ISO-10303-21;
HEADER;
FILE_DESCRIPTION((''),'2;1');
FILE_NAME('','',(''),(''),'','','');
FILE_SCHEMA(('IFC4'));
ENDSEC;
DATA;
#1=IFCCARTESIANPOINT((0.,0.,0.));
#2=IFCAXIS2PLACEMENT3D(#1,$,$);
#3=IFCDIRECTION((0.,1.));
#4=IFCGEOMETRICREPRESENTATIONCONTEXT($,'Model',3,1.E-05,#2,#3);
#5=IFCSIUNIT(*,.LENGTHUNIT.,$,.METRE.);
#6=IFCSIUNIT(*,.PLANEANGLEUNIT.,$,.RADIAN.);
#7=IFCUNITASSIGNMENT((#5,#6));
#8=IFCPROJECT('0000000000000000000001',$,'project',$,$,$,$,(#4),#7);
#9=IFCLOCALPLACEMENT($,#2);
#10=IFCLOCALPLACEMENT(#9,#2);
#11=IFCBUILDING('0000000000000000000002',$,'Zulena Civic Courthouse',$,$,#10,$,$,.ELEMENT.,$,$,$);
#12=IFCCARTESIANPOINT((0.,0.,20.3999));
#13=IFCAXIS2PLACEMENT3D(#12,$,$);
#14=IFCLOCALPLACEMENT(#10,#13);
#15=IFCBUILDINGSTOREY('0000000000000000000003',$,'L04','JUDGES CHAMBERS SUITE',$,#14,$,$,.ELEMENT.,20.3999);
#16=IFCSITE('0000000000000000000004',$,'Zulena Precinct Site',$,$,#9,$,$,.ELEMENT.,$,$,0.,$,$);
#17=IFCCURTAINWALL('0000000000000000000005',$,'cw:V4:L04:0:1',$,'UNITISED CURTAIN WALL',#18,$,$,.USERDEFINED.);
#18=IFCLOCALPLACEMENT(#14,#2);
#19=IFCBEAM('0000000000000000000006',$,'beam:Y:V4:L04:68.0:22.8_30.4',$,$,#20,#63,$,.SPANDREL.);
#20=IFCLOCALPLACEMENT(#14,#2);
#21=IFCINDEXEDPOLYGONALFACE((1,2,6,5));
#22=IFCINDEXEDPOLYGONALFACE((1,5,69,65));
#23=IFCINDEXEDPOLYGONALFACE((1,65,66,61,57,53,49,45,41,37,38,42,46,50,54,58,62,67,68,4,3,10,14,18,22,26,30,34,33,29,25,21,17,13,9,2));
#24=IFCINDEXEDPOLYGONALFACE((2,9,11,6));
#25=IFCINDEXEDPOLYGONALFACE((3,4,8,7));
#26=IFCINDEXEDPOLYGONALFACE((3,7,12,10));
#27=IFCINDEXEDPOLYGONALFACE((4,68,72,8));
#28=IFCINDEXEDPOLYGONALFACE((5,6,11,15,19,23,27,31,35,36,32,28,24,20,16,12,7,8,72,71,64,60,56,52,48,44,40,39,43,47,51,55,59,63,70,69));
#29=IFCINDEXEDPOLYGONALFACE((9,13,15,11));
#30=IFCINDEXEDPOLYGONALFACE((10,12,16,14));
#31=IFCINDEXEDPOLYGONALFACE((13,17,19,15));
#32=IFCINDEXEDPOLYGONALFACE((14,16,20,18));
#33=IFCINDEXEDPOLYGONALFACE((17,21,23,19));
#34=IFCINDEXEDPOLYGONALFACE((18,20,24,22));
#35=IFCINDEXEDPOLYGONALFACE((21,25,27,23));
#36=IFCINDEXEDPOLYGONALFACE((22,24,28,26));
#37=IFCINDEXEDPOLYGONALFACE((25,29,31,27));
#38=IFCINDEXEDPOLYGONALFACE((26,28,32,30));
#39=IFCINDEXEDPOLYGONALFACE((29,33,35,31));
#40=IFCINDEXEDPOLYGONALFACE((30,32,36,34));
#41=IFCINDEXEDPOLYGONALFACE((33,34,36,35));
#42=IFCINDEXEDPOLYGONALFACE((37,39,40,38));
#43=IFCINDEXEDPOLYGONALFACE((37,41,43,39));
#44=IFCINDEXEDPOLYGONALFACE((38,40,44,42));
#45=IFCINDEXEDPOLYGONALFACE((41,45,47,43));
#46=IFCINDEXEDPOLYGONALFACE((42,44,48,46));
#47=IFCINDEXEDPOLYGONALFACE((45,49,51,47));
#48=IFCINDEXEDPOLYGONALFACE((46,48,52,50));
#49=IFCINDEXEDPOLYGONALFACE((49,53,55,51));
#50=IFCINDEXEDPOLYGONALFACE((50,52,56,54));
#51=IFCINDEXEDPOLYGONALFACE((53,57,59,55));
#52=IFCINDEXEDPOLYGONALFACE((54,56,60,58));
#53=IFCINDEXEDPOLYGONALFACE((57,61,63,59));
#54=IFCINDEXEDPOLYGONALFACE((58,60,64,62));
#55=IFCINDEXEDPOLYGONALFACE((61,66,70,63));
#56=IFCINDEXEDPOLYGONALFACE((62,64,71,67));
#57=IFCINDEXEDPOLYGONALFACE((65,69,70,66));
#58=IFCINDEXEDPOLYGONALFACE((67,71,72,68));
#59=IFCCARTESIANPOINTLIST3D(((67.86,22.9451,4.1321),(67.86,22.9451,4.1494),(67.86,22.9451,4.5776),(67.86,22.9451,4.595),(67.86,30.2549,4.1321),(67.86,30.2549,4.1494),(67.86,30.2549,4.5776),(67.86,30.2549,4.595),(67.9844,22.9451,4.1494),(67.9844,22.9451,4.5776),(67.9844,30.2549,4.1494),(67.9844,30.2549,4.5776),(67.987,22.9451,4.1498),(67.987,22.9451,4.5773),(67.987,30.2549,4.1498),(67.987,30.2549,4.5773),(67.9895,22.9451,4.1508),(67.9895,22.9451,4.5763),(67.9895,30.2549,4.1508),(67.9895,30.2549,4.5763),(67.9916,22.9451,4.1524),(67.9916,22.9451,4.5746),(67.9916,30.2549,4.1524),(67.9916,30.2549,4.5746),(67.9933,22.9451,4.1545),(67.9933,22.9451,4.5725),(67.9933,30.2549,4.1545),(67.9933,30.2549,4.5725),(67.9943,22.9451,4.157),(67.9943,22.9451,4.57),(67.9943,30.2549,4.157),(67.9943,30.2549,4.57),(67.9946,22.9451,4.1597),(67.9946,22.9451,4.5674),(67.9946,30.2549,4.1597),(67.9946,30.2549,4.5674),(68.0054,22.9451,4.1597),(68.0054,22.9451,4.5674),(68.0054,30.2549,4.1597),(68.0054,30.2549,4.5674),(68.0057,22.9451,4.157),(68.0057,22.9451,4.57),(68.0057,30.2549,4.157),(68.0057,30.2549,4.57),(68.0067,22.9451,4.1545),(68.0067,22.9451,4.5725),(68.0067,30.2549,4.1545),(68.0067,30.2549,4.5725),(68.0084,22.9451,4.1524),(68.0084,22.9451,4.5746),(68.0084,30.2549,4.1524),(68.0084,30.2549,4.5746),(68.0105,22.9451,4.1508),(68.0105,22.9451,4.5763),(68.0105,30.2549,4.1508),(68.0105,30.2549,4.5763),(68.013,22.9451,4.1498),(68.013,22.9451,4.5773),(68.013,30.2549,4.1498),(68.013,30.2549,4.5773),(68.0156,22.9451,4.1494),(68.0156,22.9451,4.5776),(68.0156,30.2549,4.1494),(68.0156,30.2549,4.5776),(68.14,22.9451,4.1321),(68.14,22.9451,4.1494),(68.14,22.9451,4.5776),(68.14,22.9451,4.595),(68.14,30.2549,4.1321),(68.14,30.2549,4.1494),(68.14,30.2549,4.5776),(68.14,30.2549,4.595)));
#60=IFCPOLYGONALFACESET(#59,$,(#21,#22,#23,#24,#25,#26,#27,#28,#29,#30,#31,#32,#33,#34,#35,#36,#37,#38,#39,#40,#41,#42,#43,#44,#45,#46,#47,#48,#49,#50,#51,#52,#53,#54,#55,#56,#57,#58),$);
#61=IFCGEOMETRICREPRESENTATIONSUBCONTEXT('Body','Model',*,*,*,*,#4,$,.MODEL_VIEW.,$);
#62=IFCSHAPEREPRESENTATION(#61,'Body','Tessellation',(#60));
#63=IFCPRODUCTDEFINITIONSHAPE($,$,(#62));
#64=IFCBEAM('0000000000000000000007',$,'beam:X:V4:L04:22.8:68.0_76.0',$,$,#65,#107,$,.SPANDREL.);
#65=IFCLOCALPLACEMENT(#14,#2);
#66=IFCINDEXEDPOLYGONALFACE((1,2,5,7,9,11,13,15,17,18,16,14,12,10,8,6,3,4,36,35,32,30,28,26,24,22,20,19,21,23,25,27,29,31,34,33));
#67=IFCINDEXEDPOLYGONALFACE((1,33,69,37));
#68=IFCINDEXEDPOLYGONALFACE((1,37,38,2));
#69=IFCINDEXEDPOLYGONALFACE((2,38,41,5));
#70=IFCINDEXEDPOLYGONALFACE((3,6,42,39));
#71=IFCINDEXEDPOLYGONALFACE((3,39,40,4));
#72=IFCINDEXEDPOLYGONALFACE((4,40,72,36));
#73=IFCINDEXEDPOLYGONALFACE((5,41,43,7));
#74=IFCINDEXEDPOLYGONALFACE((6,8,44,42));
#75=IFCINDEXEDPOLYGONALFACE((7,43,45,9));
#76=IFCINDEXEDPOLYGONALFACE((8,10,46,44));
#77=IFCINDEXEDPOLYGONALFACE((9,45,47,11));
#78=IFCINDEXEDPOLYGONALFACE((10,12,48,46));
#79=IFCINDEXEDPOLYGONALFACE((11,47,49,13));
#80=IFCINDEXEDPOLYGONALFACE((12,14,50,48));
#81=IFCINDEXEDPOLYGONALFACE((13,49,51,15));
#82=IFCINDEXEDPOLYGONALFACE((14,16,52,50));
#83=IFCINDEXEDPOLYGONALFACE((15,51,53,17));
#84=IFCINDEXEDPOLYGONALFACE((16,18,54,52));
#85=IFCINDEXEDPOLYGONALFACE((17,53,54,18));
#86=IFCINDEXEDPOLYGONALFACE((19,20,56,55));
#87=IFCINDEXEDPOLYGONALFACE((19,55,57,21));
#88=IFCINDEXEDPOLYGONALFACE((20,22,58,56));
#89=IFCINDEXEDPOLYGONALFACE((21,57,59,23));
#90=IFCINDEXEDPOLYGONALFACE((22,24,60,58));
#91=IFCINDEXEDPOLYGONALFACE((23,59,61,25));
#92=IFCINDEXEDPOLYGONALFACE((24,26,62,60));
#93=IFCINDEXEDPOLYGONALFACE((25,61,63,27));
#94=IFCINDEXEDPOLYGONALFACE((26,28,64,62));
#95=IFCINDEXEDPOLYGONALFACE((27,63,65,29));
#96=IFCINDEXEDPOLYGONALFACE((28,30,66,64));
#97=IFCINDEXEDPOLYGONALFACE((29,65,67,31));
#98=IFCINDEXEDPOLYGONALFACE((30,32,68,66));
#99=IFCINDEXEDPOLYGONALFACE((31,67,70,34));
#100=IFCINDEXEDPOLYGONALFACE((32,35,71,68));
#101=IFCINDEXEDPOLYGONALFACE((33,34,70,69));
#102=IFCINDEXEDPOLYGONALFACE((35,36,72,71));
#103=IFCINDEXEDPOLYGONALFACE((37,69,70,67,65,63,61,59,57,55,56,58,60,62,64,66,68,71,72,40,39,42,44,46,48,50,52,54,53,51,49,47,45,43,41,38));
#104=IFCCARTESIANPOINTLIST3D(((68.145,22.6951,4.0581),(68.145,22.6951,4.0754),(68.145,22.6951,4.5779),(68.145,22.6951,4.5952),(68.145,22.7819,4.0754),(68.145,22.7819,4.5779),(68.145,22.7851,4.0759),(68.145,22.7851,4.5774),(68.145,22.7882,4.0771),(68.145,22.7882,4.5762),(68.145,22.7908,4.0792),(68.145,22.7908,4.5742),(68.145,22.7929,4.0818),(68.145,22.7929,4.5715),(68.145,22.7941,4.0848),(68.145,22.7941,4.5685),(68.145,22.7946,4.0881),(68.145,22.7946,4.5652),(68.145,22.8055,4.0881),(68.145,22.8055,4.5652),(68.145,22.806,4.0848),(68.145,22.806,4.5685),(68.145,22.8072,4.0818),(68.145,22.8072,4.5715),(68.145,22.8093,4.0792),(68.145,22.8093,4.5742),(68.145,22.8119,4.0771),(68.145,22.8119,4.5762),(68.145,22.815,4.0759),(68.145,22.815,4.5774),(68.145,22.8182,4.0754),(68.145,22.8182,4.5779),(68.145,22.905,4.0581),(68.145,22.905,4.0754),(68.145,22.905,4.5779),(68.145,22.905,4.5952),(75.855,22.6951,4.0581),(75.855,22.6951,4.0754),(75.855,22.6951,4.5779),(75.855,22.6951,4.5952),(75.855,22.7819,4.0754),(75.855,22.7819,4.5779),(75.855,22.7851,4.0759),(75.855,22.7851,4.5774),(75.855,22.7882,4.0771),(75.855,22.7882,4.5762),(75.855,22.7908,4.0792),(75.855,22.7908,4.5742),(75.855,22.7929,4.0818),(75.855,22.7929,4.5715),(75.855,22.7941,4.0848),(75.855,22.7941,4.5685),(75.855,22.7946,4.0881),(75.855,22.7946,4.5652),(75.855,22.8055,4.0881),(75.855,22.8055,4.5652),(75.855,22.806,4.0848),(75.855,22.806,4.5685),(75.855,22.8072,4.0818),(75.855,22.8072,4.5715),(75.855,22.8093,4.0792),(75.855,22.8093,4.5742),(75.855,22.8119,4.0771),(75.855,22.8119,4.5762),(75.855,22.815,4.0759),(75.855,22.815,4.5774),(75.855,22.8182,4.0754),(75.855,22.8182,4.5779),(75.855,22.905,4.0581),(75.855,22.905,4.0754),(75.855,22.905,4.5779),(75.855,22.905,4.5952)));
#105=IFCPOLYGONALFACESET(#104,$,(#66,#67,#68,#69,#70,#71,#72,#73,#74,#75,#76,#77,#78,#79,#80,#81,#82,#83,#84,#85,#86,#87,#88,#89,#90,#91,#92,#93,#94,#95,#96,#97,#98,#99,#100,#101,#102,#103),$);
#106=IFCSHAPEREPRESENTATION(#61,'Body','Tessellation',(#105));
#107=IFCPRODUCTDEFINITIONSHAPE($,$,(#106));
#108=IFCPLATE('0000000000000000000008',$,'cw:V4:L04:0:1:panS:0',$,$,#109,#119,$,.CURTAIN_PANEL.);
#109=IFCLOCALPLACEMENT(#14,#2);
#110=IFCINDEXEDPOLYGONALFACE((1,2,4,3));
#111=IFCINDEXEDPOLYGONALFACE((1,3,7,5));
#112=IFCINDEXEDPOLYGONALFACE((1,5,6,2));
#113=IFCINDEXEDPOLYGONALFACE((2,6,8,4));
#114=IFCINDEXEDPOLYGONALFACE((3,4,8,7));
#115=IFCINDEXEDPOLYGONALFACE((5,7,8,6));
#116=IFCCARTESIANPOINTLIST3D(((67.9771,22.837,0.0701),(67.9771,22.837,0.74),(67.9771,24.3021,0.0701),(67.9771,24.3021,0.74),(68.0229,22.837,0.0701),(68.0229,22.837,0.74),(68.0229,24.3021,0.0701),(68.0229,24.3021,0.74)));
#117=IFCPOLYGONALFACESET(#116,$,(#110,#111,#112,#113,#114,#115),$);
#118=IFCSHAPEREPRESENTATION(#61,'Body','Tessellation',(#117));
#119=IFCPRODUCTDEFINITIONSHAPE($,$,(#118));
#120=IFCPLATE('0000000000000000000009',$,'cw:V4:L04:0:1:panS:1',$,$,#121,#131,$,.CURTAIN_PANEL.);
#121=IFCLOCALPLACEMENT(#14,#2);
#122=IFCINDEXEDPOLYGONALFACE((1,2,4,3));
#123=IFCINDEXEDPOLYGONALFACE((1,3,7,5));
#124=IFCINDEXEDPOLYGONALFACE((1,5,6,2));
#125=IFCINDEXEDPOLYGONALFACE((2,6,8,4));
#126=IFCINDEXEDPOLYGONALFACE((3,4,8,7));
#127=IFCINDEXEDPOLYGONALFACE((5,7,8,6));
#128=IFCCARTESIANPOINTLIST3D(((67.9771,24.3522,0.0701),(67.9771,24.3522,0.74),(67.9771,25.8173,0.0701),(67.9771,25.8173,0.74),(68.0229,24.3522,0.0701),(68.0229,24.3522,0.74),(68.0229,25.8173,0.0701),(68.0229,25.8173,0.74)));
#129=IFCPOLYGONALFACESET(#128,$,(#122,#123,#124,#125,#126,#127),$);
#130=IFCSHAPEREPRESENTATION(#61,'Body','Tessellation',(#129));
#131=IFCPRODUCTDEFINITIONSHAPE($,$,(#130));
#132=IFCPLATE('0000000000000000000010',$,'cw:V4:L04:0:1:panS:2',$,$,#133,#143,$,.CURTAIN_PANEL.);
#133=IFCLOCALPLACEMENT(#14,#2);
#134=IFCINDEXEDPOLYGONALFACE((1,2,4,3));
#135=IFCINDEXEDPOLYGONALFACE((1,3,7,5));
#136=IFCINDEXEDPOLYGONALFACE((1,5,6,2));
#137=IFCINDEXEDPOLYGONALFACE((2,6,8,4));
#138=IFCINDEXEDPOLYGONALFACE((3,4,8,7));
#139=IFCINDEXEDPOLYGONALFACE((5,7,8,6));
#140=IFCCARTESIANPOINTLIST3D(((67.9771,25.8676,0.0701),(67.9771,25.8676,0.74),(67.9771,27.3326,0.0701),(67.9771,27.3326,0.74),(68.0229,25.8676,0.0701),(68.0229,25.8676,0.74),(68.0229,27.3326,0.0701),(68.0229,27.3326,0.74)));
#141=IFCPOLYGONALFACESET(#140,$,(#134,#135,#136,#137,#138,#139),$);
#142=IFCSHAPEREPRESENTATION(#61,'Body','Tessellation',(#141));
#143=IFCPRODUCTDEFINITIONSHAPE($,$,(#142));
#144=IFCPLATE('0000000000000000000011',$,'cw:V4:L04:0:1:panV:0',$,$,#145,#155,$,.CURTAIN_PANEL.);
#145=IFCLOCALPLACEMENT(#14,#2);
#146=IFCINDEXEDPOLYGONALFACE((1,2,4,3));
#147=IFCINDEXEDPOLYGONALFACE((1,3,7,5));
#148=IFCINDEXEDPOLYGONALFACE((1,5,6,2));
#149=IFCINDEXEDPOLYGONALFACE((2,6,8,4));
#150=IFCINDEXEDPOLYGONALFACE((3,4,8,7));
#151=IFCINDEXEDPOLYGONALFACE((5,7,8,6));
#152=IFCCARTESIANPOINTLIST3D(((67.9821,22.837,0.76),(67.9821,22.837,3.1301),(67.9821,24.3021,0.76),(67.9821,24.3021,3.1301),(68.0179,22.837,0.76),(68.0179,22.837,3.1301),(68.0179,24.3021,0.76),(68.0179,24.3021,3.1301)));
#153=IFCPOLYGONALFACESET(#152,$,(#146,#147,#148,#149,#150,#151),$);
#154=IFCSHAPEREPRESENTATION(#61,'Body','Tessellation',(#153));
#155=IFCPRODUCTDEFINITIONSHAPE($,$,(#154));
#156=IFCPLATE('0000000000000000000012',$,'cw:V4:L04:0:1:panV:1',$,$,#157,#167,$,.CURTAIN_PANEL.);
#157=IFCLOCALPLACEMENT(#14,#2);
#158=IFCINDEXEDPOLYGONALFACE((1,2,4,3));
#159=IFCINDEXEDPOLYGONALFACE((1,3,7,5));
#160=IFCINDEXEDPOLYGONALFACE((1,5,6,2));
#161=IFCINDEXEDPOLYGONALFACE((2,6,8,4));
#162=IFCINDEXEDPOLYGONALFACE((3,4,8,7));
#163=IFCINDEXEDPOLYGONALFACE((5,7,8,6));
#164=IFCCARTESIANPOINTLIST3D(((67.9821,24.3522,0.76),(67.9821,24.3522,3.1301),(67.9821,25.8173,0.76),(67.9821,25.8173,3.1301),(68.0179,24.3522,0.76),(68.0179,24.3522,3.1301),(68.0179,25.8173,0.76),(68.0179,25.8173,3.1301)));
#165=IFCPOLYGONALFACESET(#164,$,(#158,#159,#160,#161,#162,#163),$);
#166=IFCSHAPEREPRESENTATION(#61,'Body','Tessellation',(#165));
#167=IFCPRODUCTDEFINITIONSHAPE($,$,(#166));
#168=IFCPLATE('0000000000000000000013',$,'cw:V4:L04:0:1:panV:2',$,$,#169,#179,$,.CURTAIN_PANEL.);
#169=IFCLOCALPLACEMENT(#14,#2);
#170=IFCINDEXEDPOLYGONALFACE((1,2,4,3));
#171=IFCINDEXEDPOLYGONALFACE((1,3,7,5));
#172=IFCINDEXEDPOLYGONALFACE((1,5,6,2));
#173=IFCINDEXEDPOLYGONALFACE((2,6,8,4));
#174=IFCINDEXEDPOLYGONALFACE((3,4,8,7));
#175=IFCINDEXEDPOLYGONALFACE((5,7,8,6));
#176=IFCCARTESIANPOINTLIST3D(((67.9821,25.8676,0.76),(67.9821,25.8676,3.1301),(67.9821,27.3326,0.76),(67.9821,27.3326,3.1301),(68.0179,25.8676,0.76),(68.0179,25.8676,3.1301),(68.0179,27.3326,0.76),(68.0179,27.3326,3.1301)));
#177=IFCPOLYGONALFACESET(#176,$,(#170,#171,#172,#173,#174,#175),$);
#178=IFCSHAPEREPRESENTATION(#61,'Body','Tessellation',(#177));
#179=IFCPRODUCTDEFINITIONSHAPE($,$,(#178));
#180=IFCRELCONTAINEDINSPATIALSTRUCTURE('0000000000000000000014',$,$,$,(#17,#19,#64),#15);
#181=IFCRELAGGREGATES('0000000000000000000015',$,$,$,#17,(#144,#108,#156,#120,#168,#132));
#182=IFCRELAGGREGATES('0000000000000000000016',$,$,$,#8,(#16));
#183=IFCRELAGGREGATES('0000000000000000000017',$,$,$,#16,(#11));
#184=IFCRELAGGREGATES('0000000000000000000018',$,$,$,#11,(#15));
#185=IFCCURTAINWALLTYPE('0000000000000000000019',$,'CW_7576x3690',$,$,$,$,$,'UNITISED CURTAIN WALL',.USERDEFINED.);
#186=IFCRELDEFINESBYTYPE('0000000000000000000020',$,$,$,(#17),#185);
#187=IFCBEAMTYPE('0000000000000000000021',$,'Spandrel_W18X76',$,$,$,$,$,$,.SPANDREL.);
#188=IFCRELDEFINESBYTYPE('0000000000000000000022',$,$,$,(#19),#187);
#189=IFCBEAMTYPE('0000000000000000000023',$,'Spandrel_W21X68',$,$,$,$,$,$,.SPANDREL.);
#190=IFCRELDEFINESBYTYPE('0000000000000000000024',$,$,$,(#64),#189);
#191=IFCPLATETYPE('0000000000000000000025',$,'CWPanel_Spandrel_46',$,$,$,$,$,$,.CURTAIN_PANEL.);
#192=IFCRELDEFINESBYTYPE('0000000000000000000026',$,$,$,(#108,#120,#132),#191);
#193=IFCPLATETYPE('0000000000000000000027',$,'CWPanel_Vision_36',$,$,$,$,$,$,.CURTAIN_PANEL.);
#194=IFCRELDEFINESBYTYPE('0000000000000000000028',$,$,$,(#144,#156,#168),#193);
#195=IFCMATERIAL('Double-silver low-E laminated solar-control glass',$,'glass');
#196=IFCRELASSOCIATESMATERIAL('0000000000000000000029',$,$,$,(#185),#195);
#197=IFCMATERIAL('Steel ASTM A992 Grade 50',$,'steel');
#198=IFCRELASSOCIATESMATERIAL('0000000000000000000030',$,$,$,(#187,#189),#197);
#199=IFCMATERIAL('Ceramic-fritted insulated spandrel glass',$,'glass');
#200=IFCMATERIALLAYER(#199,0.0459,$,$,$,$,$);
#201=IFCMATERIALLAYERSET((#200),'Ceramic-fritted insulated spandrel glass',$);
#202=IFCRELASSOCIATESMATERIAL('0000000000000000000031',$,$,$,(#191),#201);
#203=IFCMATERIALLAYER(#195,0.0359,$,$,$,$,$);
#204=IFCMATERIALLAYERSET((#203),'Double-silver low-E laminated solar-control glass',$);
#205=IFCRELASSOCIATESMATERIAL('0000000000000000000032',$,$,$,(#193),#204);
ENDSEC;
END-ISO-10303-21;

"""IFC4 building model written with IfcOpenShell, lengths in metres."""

from ifc_helpers import new_model, si_unit, direction, frame, origin, origin_2d, place, context, subcontext, project, spatial, rectangle, i_section, extrude, material, layer, layer_set, material_profile, profile_set, type_object, element, aggregate, save


model = new_model("IFC4")

# Units and contexts
model_context = context("Model", 3, precision=1e-05, world=origin(), true_north=direction((0.0, 1.0)))
body_context = subcontext(model_context, "Body", "Model", "MODEL_VIEW")
ifc_project = project(units=[si_unit("LENGTHUNIT", "METRE"), si_unit("PLANEANGLEUNIT", "RADIAN")], contexts=[model_context])

# Site, building, storey
site_placement = place(None, origin())
site = spatial("IfcSite", under=ifc_project, at=site_placement, Name="Zulena Precinct Site", CompositionType="ELEMENT", RefElevation=0.0)
building_placement = place(site_placement, origin())
building = spatial("IfcBuilding", under=site, at=building_placement, Name="Zulena Civic Courthouse", CompositionType="ELEMENT")
storey_placement = place(building_placement, frame((0.0, 0.0, 20.3999)))
storey = spatial("IfcBuildingStorey", under=building, at=storey_placement, Name="L04", Description="JUDGES CHAMBERS SUITE", CompositionType="ELEMENT", Elevation=20.3999)

# Shared definitions
ifc_material_1 = material(Name="Steel ASTM A992 Grade 50", Category="steel")

# Curtain wall
ifc_material_2 = material(Name="Double-silver low-E laminated solar-control glass", Category="glass")
curtain_wall_type = type_object("IfcCurtainWallType", Name="CW_7576x3690", ElementType="UNITISED CURTAIN WALL", PredefinedType="USERDEFINED", material=ifc_material_2)
curtain_wall_placement = place(storey_placement, origin())
curtain_wall = element("IfcCurtainWall", 1, at=curtain_wall_placement, inside=storey, type_object=curtain_wall_type, Name="cw:V4:L04:0:1", ObjectType="UNITISED CURTAIN WALL", PredefinedType="USERDEFINED")

# Beams
ifc_material_profile_1 = material_profile(ifc_material_1, i_section(OverallWidth=0.28, OverallDepth=0.4629, WebThickness=0.0107, FlangeThickness=0.0173, FilletRadius=0.0103, at=origin_2d()), Name="W18X76")
ifc_profile_set_1 = profile_set([ifc_material_profile_1], Name="Steel ASTM A992 Grade 50")
beam_type_1 = type_object("IfcBeamType", Name="Spandrel_W18X76", PredefinedType="SPANDREL", material=ifc_profile_set_1)
beam_1_placement = place(storey_placement, frame((68.0, 22.9451, 4.3635), z_axis=(0.0, 1.0, 0.0), x_axis=(-1.0, 0.0, 0.0)))
element("IfcBeam", 2, at=beam_1_placement, inside=storey, type_object=beam_type_1, Name="beam:Y:V4:L04:68.0:22.8_30.4", PredefinedType="SPANDREL", context=body_context, shape_type="SweptSolid", body=[
    extrude(i_section(OverallWidth=0.28, OverallDepth=0.4629, WebThickness=0.0107, FlangeThickness=0.0173, FilletRadius=0.0103, at=origin_2d()), origin(), (0.0, 0.0, 1.0), 7.3098),
])
ifc_material_profile_2 = material_profile(ifc_material_1, i_section(OverallWidth=0.21, OverallDepth=0.5371, WebThickness=0.011, FlangeThickness=0.0173, FilletRadius=0.0127, at=origin_2d()), Name="W21X68")
ifc_profile_set_2 = profile_set([ifc_material_profile_2], Name="Steel ASTM A992 Grade 50")
beam_type_2 = type_object("IfcBeamType", Name="Spandrel_W21X68", PredefinedType="SPANDREL", material=ifc_profile_set_2)
beam_2_placement = place(storey_placement, frame((68.145, 22.8, 4.3267), z_axis=(1.0, 0.0, 0.0), x_axis=(0.0, 1.0, 0.0)))
element("IfcBeam", 3, at=beam_2_placement, inside=storey, type_object=beam_type_2, Name="beam:X:V4:L04:22.8:68.0_76.0", PredefinedType="SPANDREL", context=body_context, shape_type="SweptSolid", body=[
    extrude(i_section(OverallWidth=0.21, OverallDepth=0.5371, WebThickness=0.011, FlangeThickness=0.0173, FilletRadius=0.0127, at=origin_2d()), origin(), (0.0, 0.0, 1.0), 7.71),
])

# Plates
ifc_material_3 = material(Name="Ceramic-fritted insulated spandrel glass", Category="glass")
ifc_layer_1 = layer(ifc_material_3, 0.0459)
ifc_layer_set_1 = layer_set([ifc_layer_1], Name="Ceramic-fritted insulated spandrel glass")
plate_type_1 = type_object("IfcPlateType", Name="CWPanel_Spandrel_46", PredefinedType="CURTAIN_PANEL", material=ifc_layer_set_1)
plate_1_placement = place(storey_placement, frame((68.0, 23.5696, 0.0701), z_axis=(0.0, 0.0, 1.0), x_axis=(0.0, 1.0, 0.0)))
plate_1 = element("IfcPlate", 4, at=plate_1_placement, type_object=plate_type_1, Name="cw:V4:L04:0:1:panS:0", PredefinedType="CURTAIN_PANEL", context=body_context, shape_type="SweptSolid", body=[
    extrude(rectangle(XDim=1.4651, YDim=0.0459, at=origin_2d()), origin(), (0.0, 0.0, 1.0), 0.6699),
])
plate_2_placement = place(storey_placement, frame((68.0, 25.0847, 0.0701), z_axis=(0.0, 0.0, 1.0), x_axis=(0.0, 1.0, 0.0)))
plate_2 = element("IfcPlate", 5, at=plate_2_placement, type_object=plate_type_1, Name="cw:V4:L04:0:1:panS:1", PredefinedType="CURTAIN_PANEL", context=body_context, shape_type="SweptSolid", body=[
    extrude(rectangle(XDim=1.4651, YDim=0.0459, at=origin_2d()), origin(), (0.0, 0.0, 1.0), 0.6699),
])
plate_3_placement = place(storey_placement, frame((68.0, 26.6001, 0.0701), z_axis=(0.0, 0.0, 1.0), x_axis=(0.0, 1.0, 0.0)))
plate_3 = element("IfcPlate", 6, at=plate_3_placement, type_object=plate_type_1, Name="cw:V4:L04:0:1:panS:2", PredefinedType="CURTAIN_PANEL", context=body_context, shape_type="SweptSolid", body=[
    extrude(rectangle(XDim=1.4651, YDim=0.0459, at=origin_2d()), origin(), (0.0, 0.0, 1.0), 0.6699),
])
ifc_layer_2 = layer(ifc_material_2, 0.0359)
ifc_layer_set_2 = layer_set([ifc_layer_2], Name="Double-silver low-E laminated solar-control glass")
plate_type_2 = type_object("IfcPlateType", Name="CWPanel_Vision_36", PredefinedType="CURTAIN_PANEL", material=ifc_layer_set_2)
plate_4_placement = place(storey_placement, frame((68.0, 23.5696, 0.76), z_axis=(0.0, 0.0, 1.0), x_axis=(0.0, 1.0, 0.0)))
plate_4 = element("IfcPlate", 7, at=plate_4_placement, type_object=plate_type_2, Name="cw:V4:L04:0:1:panV:0", PredefinedType="CURTAIN_PANEL", context=body_context, shape_type="SweptSolid", body=[
    extrude(rectangle(XDim=1.4651, YDim=0.0359, at=origin_2d()), origin(), (0.0, 0.0, 1.0), 2.3701),
])
plate_5_placement = place(storey_placement, frame((68.0, 25.0847, 0.76), z_axis=(0.0, 0.0, 1.0), x_axis=(0.0, 1.0, 0.0)))
plate_5 = element("IfcPlate", 8, at=plate_5_placement, type_object=plate_type_2, Name="cw:V4:L04:0:1:panV:1", PredefinedType="CURTAIN_PANEL", context=body_context, shape_type="SweptSolid", body=[
    extrude(rectangle(XDim=1.4651, YDim=0.0359, at=origin_2d()), origin(), (0.0, 0.0, 1.0), 2.3701),
])
plate_6_placement = place(storey_placement, frame((68.0, 26.6001, 0.76), z_axis=(0.0, 0.0, 1.0), x_axis=(0.0, 1.0, 0.0)))
plate_6 = element("IfcPlate", 9, at=plate_6_placement, type_object=plate_type_2, Name="cw:V4:L04:0:1:panV:2", PredefinedType="CURTAIN_PANEL", context=body_context, shape_type="SweptSolid", body=[
    extrude(rectangle(XDim=1.4651, YDim=0.0359, at=origin_2d()), origin(), (0.0, 0.0, 1.0), 2.3701),
])
aggregate(curtain_wall, [plate_4, plate_1, plate_5, plate_2, plate_6, plate_3])

save(model, "model.ifc")
